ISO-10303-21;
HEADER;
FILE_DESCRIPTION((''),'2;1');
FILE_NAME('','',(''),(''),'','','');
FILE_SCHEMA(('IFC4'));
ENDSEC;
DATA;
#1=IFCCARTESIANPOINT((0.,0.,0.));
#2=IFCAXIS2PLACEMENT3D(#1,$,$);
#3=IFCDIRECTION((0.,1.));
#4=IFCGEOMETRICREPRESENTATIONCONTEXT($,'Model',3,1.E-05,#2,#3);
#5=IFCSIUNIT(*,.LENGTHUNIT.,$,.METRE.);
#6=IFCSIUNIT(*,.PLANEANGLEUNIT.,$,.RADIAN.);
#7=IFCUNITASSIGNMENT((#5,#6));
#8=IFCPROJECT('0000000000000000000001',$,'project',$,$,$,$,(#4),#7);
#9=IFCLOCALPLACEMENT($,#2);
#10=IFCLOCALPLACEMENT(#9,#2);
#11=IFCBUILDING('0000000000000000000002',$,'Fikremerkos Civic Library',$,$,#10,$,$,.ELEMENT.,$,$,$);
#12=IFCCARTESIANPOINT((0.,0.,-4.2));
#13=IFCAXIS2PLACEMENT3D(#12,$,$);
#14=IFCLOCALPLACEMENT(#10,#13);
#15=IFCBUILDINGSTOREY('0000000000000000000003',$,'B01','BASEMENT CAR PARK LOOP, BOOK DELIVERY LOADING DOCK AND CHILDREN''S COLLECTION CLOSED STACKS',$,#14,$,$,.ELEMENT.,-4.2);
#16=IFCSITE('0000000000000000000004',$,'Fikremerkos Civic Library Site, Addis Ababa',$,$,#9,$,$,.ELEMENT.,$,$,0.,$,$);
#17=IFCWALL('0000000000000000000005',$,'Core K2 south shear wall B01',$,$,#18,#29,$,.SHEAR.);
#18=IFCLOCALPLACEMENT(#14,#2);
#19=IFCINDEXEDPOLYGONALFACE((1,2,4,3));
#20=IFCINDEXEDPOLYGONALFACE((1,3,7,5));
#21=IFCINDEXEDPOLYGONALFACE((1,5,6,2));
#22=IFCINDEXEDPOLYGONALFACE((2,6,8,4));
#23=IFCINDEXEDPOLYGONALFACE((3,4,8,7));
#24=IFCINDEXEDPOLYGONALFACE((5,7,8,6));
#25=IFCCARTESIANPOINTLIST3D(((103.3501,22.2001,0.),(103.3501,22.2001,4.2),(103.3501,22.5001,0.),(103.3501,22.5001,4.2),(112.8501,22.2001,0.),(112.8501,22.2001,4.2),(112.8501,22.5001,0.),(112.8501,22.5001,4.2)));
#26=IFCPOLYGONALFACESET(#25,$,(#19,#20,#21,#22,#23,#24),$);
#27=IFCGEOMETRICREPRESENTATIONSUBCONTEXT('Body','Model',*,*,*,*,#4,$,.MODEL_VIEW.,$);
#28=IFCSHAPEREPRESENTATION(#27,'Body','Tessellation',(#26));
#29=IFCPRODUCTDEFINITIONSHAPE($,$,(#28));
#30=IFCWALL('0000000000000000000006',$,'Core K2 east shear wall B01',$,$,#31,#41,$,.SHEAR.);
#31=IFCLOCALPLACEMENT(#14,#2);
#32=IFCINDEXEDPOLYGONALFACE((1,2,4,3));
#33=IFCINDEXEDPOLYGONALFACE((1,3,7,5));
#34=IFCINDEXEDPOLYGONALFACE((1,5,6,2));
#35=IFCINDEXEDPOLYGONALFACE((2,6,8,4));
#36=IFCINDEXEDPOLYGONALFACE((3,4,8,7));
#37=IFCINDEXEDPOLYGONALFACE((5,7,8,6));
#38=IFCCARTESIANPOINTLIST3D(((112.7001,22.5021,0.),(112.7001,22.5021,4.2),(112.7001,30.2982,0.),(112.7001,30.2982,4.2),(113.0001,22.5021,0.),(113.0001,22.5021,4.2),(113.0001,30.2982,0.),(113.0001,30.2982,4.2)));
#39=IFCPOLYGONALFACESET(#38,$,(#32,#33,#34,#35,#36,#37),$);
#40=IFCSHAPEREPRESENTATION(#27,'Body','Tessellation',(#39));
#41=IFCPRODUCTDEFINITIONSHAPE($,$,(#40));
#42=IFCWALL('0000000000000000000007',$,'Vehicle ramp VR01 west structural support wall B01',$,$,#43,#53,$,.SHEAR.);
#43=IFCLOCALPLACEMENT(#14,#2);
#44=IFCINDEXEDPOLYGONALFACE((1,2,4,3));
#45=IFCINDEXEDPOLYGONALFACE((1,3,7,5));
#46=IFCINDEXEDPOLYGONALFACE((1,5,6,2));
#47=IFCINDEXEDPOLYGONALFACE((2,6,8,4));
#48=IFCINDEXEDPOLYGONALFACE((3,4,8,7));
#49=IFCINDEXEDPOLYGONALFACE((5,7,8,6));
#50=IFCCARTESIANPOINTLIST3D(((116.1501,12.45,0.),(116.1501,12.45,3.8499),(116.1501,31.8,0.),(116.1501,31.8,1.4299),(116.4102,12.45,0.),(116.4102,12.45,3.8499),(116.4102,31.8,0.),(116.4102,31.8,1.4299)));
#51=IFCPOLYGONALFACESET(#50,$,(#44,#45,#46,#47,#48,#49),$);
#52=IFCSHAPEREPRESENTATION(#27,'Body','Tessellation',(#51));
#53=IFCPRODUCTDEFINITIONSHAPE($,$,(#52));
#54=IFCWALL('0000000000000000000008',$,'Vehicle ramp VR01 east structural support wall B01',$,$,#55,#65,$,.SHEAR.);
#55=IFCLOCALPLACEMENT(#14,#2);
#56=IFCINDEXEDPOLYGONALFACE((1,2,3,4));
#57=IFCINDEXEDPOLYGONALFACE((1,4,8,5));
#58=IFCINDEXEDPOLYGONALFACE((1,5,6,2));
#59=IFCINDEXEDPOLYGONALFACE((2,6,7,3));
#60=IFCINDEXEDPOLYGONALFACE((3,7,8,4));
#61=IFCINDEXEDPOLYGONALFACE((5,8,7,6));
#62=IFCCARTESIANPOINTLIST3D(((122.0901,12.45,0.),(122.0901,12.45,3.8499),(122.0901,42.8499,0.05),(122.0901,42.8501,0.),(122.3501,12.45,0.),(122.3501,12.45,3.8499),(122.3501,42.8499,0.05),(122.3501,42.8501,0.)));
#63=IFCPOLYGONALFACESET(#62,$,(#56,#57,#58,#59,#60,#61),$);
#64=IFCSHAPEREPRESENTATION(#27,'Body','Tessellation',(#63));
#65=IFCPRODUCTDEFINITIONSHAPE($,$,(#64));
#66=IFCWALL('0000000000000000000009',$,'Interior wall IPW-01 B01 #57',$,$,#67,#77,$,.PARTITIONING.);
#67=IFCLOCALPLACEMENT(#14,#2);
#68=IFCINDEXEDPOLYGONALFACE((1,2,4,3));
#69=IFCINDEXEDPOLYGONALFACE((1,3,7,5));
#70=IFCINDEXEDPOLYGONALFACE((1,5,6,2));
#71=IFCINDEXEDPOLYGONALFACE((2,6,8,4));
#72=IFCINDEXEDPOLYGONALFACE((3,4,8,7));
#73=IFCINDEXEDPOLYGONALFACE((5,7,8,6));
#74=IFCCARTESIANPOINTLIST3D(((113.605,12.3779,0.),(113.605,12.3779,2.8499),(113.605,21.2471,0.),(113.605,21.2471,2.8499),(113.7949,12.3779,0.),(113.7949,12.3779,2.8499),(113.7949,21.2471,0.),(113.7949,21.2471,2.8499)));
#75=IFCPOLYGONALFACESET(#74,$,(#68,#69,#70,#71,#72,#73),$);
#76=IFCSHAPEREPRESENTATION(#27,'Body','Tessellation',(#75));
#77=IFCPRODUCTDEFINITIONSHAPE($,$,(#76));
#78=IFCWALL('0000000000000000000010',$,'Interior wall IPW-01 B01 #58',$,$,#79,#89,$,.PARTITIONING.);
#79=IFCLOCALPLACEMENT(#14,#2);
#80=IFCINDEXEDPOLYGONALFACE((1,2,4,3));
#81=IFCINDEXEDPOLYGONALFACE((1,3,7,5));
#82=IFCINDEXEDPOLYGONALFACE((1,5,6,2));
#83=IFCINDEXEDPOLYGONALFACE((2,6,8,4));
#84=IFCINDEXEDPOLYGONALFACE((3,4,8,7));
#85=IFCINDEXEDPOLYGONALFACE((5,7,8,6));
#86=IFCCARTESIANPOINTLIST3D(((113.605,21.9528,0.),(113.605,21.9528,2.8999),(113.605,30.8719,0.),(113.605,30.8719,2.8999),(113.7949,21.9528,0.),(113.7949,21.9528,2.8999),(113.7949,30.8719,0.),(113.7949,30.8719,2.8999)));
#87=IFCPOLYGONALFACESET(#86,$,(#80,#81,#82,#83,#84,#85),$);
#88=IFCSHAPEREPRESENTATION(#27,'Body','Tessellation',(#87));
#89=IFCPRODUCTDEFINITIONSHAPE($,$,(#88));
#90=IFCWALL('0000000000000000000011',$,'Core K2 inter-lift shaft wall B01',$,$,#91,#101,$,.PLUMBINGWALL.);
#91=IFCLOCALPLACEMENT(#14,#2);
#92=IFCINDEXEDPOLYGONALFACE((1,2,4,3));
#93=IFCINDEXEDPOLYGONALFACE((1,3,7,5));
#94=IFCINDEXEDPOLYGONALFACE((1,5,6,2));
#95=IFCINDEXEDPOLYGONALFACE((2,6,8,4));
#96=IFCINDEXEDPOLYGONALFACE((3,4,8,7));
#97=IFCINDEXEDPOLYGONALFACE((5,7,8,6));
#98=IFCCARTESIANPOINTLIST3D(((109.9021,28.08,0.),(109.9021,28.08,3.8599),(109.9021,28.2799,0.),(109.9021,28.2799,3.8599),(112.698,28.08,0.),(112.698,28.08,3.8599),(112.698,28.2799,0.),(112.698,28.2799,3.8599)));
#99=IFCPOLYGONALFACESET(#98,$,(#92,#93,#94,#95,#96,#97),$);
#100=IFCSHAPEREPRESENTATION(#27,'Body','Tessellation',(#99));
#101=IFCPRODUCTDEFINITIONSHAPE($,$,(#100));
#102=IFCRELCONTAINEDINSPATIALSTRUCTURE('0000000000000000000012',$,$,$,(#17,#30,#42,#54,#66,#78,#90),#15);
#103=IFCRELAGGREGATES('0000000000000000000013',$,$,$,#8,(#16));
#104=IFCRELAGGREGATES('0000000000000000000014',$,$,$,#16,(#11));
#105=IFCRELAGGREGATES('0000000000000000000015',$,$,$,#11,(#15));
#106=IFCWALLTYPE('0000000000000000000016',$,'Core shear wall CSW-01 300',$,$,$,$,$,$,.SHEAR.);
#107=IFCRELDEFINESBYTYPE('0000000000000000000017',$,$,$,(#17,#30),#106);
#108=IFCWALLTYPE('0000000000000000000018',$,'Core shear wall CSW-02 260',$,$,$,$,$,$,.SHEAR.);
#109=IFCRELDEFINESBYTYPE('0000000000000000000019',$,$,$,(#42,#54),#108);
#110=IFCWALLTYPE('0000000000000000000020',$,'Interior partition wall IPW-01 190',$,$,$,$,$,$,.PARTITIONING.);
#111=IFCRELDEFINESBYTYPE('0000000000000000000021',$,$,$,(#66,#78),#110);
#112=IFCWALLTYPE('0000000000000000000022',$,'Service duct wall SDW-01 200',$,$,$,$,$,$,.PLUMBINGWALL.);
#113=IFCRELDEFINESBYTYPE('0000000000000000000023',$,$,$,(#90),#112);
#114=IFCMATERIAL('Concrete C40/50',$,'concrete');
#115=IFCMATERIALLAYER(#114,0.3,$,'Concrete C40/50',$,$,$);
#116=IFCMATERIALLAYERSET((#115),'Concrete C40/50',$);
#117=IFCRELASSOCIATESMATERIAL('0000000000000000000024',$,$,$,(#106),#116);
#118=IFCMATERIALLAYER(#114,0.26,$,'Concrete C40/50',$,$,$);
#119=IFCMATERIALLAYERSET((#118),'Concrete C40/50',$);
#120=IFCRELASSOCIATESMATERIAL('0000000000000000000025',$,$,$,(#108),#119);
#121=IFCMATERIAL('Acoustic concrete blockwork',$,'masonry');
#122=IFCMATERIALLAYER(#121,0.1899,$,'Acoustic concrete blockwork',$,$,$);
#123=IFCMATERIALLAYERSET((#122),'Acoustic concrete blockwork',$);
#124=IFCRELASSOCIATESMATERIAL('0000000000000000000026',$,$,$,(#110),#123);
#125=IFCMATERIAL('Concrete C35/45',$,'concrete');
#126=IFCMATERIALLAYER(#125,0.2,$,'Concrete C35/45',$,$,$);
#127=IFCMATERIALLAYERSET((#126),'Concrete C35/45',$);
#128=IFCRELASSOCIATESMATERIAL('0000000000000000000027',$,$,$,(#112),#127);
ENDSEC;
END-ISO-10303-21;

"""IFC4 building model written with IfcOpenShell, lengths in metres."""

from ifc_helpers import new_model, si_unit, direction, frame, frame_2d, origin, place, context, subcontext, project, spatial, polyline, rectangle, outline, extrude, material, layer, layer_set, type_object, element, save


model = new_model("IFC4")

# Units and contexts
model_context = context("Model", 3, precision=1e-05, world=origin(), true_north=direction((0.0, 1.0)))
body_context = subcontext(model_context, "Body", "Model", "MODEL_VIEW")
ifc_project = project(units=[si_unit("LENGTHUNIT", "METRE"), si_unit("PLANEANGLEUNIT", "RADIAN")], contexts=[model_context])

# Site, building, storey
site_placement = place(None, origin())
site = spatial("IfcSite", under=ifc_project, at=site_placement, Name="Fikremerkos Civic Library Site, Addis Ababa", CompositionType="ELEMENT", RefElevation=0.0)
building_placement = place(site_placement, origin())
building = spatial("IfcBuilding", under=site, at=building_placement, Name="Fikremerkos Civic Library", CompositionType="ELEMENT")
storey_placement = place(building_placement, frame((0.0, 0.0, -4.2)))
storey = spatial("IfcBuildingStorey", under=building, at=storey_placement, Name="B01", Description="BASEMENT CAR PARK LOOP, BOOK DELIVERY LOADING DOCK AND CHILDREN'S COLLECTION CLOSED STACKS", CompositionType="ELEMENT", Elevation=-4.2)

# Shared definitions
ifc_material_1 = material(Name="Concrete C40/50", Category="concrete")

# Walls
ifc_layer_1 = layer(ifc_material_1, 0.3, Name="Concrete C40/50")
ifc_layer_set_1 = layer_set([ifc_layer_1], Name="Concrete C40/50")
wall_type_1 = type_object("IfcWallType", Name="Core shear wall CSW-01 300", PredefinedType="SHEAR", material=ifc_layer_set_1)
wall_1_placement = place(storey_placement, frame((112.8501, 22.3501, 0.0), z_axis=(0.0, 0.0, 1.0), x_axis=(-1.0, 0.0, 0.0)))
element("IfcWall", 1, at=wall_1_placement, inside=storey, type_object=wall_type_1, Name="Core K2 south shear wall B01", PredefinedType="SHEAR", context=body_context, shape_type="SweptSolid", body=[
    extrude(rectangle(XDim=9.5, YDim=0.3, at=frame_2d((4.75, 0.0))), origin(), (0.0, 0.0, 1.0), 4.2),
])
wall_2_placement = place(storey_placement, frame((112.8501, 30.2981, 0.0), z_axis=(0.0, 0.0, 1.0), x_axis=(0.0, -1.0, 0.0)))
element("IfcWall", 2, at=wall_2_placement, inside=storey, type_object=wall_type_1, Name="Core K2 east shear wall B01", PredefinedType="SHEAR", context=body_context, shape_type="SweptSolid", body=[
    extrude(rectangle(XDim=7.7961, YDim=0.3, at=frame_2d((3.8979, 0.0))), origin(), (0.0, 0.0, 1.0), 4.2),
])
ifc_layer_2 = layer(ifc_material_1, 0.26, Name="Concrete C40/50")
ifc_layer_set_2 = layer_set([ifc_layer_2], Name="Concrete C40/50")
wall_type_2 = type_object("IfcWallType", Name="Core shear wall CSW-02 260", PredefinedType="SHEAR", material=ifc_layer_set_2)
wall_3_placement = place(storey_placement, frame((116.28, 12.45, 0.0), z_axis=(0.0, 0.0, 1.0), x_axis=(0.0, 1.0, 0.0)))
element("IfcWall", 3, at=wall_3_placement, inside=storey, type_object=wall_type_2, Name="Vehicle ramp VR01 west structural support wall B01", PredefinedType="SHEAR", context=body_context, shape_type="SweptSolid", body=[
    extrude(outline(polyline([(0.0, 0.0), (19.3501, 0.0), (19.3501, 1.4299), (0.0, 3.8499), (0.0, 0.0)])), frame((0.0, 0.1299, 0.0), z_axis=(0.0, -1.0, 0.0), x_axis=(1.0, 0.0, 0.0)), (0.0, 0.0, 1.0), 0.26),
])
wall_4_placement = place(storey_placement, frame((122.22, 12.45, 0.0), z_axis=(0.0, 0.0, 1.0), x_axis=(0.0, 1.0, 0.0)))
element("IfcWall", 4, at=wall_4_placement, inside=storey, type_object=wall_type_2, Name="Vehicle ramp VR01 east structural support wall B01", PredefinedType="SHEAR", context=body_context, shape_type="SweptSolid", body=[
    extrude(outline(polyline([(0.0, 0.0), (30.4001, 0.0), (30.3999, 0.05), (0.0, 3.8499), (0.0, 0.0)])), frame((0.0, 0.1299, 0.0), z_axis=(0.0, -1.0, 0.0), x_axis=(1.0, 0.0, 0.0)), (0.0, 0.0, 1.0), 0.26),
])

# Walls
ifc_material_2 = material(Name="Acoustic concrete blockwork", Category="masonry")
ifc_layer_3 = layer(ifc_material_2, 0.1899, Name="Acoustic concrete blockwork")
ifc_layer_set_3 = layer_set([ifc_layer_3], Name="Acoustic concrete blockwork")
wall_type_3 = type_object("IfcWallType", Name="Interior partition wall IPW-01 190", PredefinedType="PARTITIONING", material=ifc_layer_set_3)
wall_5_placement = place(storey_placement, frame((113.7, 12.3779, 0.0), z_axis=(0.0, 0.0, 1.0), x_axis=(0.0, 1.0, 0.0)))
element("IfcWall", 5, at=wall_5_placement, inside=storey, type_object=wall_type_3, Name="Interior wall IPW-01 B01 #57", PredefinedType="PARTITIONING", context=body_context, shape_type="SweptSolid", body=[
    extrude(rectangle(XDim=8.8691, YDim=0.1899, at=frame_2d((4.4346, 0.0))), origin(), (0.0, 0.0, 1.0), 2.8499),
])
wall_6_placement = place(storey_placement, frame((113.7, 21.9529, 0.0), z_axis=(0.0, 0.0, 1.0), x_axis=(0.0, 1.0, 0.0)))
element("IfcWall", 6, at=wall_6_placement, inside=storey, type_object=wall_type_3, Name="Interior wall IPW-01 B01 #58", PredefinedType="PARTITIONING", context=body_context, shape_type="SweptSolid", body=[
    extrude(rectangle(XDim=8.9192, YDim=0.1899, at=frame_2d((4.4595, 0.0))), origin(), (0.0, 0.0, 1.0), 2.8999),
])
ifc_material_3 = material(Name="Concrete C35/45", Category="concrete")
ifc_layer_4 = layer(ifc_material_3, 0.2, Name="Concrete C35/45")
ifc_layer_set_4 = layer_set([ifc_layer_4], Name="Concrete C35/45")
wall_type_4 = type_object("IfcWallType", Name="Service duct wall SDW-01 200", PredefinedType="PLUMBINGWALL", material=ifc_layer_set_4)
wall_7_placement = place(storey_placement, frame((109.9021, 28.1799, 0.0), z_axis=(0.0, 0.0, 1.0), x_axis=(1.0, 0.0, 0.0)))
element("IfcWall", 7, at=wall_7_placement, inside=storey, type_object=wall_type_4, Name="Core K2 inter-lift shaft wall B01", PredefinedType="PLUMBINGWALL", context=body_context, shape_type="SweptSolid", body=[
    extrude(rectangle(XDim=2.7959, YDim=0.2, at=frame_2d((1.3979, 0.0))), origin(), (0.0, 0.0, 1.0), 3.8599),
])

save(model, "model.ifc")
